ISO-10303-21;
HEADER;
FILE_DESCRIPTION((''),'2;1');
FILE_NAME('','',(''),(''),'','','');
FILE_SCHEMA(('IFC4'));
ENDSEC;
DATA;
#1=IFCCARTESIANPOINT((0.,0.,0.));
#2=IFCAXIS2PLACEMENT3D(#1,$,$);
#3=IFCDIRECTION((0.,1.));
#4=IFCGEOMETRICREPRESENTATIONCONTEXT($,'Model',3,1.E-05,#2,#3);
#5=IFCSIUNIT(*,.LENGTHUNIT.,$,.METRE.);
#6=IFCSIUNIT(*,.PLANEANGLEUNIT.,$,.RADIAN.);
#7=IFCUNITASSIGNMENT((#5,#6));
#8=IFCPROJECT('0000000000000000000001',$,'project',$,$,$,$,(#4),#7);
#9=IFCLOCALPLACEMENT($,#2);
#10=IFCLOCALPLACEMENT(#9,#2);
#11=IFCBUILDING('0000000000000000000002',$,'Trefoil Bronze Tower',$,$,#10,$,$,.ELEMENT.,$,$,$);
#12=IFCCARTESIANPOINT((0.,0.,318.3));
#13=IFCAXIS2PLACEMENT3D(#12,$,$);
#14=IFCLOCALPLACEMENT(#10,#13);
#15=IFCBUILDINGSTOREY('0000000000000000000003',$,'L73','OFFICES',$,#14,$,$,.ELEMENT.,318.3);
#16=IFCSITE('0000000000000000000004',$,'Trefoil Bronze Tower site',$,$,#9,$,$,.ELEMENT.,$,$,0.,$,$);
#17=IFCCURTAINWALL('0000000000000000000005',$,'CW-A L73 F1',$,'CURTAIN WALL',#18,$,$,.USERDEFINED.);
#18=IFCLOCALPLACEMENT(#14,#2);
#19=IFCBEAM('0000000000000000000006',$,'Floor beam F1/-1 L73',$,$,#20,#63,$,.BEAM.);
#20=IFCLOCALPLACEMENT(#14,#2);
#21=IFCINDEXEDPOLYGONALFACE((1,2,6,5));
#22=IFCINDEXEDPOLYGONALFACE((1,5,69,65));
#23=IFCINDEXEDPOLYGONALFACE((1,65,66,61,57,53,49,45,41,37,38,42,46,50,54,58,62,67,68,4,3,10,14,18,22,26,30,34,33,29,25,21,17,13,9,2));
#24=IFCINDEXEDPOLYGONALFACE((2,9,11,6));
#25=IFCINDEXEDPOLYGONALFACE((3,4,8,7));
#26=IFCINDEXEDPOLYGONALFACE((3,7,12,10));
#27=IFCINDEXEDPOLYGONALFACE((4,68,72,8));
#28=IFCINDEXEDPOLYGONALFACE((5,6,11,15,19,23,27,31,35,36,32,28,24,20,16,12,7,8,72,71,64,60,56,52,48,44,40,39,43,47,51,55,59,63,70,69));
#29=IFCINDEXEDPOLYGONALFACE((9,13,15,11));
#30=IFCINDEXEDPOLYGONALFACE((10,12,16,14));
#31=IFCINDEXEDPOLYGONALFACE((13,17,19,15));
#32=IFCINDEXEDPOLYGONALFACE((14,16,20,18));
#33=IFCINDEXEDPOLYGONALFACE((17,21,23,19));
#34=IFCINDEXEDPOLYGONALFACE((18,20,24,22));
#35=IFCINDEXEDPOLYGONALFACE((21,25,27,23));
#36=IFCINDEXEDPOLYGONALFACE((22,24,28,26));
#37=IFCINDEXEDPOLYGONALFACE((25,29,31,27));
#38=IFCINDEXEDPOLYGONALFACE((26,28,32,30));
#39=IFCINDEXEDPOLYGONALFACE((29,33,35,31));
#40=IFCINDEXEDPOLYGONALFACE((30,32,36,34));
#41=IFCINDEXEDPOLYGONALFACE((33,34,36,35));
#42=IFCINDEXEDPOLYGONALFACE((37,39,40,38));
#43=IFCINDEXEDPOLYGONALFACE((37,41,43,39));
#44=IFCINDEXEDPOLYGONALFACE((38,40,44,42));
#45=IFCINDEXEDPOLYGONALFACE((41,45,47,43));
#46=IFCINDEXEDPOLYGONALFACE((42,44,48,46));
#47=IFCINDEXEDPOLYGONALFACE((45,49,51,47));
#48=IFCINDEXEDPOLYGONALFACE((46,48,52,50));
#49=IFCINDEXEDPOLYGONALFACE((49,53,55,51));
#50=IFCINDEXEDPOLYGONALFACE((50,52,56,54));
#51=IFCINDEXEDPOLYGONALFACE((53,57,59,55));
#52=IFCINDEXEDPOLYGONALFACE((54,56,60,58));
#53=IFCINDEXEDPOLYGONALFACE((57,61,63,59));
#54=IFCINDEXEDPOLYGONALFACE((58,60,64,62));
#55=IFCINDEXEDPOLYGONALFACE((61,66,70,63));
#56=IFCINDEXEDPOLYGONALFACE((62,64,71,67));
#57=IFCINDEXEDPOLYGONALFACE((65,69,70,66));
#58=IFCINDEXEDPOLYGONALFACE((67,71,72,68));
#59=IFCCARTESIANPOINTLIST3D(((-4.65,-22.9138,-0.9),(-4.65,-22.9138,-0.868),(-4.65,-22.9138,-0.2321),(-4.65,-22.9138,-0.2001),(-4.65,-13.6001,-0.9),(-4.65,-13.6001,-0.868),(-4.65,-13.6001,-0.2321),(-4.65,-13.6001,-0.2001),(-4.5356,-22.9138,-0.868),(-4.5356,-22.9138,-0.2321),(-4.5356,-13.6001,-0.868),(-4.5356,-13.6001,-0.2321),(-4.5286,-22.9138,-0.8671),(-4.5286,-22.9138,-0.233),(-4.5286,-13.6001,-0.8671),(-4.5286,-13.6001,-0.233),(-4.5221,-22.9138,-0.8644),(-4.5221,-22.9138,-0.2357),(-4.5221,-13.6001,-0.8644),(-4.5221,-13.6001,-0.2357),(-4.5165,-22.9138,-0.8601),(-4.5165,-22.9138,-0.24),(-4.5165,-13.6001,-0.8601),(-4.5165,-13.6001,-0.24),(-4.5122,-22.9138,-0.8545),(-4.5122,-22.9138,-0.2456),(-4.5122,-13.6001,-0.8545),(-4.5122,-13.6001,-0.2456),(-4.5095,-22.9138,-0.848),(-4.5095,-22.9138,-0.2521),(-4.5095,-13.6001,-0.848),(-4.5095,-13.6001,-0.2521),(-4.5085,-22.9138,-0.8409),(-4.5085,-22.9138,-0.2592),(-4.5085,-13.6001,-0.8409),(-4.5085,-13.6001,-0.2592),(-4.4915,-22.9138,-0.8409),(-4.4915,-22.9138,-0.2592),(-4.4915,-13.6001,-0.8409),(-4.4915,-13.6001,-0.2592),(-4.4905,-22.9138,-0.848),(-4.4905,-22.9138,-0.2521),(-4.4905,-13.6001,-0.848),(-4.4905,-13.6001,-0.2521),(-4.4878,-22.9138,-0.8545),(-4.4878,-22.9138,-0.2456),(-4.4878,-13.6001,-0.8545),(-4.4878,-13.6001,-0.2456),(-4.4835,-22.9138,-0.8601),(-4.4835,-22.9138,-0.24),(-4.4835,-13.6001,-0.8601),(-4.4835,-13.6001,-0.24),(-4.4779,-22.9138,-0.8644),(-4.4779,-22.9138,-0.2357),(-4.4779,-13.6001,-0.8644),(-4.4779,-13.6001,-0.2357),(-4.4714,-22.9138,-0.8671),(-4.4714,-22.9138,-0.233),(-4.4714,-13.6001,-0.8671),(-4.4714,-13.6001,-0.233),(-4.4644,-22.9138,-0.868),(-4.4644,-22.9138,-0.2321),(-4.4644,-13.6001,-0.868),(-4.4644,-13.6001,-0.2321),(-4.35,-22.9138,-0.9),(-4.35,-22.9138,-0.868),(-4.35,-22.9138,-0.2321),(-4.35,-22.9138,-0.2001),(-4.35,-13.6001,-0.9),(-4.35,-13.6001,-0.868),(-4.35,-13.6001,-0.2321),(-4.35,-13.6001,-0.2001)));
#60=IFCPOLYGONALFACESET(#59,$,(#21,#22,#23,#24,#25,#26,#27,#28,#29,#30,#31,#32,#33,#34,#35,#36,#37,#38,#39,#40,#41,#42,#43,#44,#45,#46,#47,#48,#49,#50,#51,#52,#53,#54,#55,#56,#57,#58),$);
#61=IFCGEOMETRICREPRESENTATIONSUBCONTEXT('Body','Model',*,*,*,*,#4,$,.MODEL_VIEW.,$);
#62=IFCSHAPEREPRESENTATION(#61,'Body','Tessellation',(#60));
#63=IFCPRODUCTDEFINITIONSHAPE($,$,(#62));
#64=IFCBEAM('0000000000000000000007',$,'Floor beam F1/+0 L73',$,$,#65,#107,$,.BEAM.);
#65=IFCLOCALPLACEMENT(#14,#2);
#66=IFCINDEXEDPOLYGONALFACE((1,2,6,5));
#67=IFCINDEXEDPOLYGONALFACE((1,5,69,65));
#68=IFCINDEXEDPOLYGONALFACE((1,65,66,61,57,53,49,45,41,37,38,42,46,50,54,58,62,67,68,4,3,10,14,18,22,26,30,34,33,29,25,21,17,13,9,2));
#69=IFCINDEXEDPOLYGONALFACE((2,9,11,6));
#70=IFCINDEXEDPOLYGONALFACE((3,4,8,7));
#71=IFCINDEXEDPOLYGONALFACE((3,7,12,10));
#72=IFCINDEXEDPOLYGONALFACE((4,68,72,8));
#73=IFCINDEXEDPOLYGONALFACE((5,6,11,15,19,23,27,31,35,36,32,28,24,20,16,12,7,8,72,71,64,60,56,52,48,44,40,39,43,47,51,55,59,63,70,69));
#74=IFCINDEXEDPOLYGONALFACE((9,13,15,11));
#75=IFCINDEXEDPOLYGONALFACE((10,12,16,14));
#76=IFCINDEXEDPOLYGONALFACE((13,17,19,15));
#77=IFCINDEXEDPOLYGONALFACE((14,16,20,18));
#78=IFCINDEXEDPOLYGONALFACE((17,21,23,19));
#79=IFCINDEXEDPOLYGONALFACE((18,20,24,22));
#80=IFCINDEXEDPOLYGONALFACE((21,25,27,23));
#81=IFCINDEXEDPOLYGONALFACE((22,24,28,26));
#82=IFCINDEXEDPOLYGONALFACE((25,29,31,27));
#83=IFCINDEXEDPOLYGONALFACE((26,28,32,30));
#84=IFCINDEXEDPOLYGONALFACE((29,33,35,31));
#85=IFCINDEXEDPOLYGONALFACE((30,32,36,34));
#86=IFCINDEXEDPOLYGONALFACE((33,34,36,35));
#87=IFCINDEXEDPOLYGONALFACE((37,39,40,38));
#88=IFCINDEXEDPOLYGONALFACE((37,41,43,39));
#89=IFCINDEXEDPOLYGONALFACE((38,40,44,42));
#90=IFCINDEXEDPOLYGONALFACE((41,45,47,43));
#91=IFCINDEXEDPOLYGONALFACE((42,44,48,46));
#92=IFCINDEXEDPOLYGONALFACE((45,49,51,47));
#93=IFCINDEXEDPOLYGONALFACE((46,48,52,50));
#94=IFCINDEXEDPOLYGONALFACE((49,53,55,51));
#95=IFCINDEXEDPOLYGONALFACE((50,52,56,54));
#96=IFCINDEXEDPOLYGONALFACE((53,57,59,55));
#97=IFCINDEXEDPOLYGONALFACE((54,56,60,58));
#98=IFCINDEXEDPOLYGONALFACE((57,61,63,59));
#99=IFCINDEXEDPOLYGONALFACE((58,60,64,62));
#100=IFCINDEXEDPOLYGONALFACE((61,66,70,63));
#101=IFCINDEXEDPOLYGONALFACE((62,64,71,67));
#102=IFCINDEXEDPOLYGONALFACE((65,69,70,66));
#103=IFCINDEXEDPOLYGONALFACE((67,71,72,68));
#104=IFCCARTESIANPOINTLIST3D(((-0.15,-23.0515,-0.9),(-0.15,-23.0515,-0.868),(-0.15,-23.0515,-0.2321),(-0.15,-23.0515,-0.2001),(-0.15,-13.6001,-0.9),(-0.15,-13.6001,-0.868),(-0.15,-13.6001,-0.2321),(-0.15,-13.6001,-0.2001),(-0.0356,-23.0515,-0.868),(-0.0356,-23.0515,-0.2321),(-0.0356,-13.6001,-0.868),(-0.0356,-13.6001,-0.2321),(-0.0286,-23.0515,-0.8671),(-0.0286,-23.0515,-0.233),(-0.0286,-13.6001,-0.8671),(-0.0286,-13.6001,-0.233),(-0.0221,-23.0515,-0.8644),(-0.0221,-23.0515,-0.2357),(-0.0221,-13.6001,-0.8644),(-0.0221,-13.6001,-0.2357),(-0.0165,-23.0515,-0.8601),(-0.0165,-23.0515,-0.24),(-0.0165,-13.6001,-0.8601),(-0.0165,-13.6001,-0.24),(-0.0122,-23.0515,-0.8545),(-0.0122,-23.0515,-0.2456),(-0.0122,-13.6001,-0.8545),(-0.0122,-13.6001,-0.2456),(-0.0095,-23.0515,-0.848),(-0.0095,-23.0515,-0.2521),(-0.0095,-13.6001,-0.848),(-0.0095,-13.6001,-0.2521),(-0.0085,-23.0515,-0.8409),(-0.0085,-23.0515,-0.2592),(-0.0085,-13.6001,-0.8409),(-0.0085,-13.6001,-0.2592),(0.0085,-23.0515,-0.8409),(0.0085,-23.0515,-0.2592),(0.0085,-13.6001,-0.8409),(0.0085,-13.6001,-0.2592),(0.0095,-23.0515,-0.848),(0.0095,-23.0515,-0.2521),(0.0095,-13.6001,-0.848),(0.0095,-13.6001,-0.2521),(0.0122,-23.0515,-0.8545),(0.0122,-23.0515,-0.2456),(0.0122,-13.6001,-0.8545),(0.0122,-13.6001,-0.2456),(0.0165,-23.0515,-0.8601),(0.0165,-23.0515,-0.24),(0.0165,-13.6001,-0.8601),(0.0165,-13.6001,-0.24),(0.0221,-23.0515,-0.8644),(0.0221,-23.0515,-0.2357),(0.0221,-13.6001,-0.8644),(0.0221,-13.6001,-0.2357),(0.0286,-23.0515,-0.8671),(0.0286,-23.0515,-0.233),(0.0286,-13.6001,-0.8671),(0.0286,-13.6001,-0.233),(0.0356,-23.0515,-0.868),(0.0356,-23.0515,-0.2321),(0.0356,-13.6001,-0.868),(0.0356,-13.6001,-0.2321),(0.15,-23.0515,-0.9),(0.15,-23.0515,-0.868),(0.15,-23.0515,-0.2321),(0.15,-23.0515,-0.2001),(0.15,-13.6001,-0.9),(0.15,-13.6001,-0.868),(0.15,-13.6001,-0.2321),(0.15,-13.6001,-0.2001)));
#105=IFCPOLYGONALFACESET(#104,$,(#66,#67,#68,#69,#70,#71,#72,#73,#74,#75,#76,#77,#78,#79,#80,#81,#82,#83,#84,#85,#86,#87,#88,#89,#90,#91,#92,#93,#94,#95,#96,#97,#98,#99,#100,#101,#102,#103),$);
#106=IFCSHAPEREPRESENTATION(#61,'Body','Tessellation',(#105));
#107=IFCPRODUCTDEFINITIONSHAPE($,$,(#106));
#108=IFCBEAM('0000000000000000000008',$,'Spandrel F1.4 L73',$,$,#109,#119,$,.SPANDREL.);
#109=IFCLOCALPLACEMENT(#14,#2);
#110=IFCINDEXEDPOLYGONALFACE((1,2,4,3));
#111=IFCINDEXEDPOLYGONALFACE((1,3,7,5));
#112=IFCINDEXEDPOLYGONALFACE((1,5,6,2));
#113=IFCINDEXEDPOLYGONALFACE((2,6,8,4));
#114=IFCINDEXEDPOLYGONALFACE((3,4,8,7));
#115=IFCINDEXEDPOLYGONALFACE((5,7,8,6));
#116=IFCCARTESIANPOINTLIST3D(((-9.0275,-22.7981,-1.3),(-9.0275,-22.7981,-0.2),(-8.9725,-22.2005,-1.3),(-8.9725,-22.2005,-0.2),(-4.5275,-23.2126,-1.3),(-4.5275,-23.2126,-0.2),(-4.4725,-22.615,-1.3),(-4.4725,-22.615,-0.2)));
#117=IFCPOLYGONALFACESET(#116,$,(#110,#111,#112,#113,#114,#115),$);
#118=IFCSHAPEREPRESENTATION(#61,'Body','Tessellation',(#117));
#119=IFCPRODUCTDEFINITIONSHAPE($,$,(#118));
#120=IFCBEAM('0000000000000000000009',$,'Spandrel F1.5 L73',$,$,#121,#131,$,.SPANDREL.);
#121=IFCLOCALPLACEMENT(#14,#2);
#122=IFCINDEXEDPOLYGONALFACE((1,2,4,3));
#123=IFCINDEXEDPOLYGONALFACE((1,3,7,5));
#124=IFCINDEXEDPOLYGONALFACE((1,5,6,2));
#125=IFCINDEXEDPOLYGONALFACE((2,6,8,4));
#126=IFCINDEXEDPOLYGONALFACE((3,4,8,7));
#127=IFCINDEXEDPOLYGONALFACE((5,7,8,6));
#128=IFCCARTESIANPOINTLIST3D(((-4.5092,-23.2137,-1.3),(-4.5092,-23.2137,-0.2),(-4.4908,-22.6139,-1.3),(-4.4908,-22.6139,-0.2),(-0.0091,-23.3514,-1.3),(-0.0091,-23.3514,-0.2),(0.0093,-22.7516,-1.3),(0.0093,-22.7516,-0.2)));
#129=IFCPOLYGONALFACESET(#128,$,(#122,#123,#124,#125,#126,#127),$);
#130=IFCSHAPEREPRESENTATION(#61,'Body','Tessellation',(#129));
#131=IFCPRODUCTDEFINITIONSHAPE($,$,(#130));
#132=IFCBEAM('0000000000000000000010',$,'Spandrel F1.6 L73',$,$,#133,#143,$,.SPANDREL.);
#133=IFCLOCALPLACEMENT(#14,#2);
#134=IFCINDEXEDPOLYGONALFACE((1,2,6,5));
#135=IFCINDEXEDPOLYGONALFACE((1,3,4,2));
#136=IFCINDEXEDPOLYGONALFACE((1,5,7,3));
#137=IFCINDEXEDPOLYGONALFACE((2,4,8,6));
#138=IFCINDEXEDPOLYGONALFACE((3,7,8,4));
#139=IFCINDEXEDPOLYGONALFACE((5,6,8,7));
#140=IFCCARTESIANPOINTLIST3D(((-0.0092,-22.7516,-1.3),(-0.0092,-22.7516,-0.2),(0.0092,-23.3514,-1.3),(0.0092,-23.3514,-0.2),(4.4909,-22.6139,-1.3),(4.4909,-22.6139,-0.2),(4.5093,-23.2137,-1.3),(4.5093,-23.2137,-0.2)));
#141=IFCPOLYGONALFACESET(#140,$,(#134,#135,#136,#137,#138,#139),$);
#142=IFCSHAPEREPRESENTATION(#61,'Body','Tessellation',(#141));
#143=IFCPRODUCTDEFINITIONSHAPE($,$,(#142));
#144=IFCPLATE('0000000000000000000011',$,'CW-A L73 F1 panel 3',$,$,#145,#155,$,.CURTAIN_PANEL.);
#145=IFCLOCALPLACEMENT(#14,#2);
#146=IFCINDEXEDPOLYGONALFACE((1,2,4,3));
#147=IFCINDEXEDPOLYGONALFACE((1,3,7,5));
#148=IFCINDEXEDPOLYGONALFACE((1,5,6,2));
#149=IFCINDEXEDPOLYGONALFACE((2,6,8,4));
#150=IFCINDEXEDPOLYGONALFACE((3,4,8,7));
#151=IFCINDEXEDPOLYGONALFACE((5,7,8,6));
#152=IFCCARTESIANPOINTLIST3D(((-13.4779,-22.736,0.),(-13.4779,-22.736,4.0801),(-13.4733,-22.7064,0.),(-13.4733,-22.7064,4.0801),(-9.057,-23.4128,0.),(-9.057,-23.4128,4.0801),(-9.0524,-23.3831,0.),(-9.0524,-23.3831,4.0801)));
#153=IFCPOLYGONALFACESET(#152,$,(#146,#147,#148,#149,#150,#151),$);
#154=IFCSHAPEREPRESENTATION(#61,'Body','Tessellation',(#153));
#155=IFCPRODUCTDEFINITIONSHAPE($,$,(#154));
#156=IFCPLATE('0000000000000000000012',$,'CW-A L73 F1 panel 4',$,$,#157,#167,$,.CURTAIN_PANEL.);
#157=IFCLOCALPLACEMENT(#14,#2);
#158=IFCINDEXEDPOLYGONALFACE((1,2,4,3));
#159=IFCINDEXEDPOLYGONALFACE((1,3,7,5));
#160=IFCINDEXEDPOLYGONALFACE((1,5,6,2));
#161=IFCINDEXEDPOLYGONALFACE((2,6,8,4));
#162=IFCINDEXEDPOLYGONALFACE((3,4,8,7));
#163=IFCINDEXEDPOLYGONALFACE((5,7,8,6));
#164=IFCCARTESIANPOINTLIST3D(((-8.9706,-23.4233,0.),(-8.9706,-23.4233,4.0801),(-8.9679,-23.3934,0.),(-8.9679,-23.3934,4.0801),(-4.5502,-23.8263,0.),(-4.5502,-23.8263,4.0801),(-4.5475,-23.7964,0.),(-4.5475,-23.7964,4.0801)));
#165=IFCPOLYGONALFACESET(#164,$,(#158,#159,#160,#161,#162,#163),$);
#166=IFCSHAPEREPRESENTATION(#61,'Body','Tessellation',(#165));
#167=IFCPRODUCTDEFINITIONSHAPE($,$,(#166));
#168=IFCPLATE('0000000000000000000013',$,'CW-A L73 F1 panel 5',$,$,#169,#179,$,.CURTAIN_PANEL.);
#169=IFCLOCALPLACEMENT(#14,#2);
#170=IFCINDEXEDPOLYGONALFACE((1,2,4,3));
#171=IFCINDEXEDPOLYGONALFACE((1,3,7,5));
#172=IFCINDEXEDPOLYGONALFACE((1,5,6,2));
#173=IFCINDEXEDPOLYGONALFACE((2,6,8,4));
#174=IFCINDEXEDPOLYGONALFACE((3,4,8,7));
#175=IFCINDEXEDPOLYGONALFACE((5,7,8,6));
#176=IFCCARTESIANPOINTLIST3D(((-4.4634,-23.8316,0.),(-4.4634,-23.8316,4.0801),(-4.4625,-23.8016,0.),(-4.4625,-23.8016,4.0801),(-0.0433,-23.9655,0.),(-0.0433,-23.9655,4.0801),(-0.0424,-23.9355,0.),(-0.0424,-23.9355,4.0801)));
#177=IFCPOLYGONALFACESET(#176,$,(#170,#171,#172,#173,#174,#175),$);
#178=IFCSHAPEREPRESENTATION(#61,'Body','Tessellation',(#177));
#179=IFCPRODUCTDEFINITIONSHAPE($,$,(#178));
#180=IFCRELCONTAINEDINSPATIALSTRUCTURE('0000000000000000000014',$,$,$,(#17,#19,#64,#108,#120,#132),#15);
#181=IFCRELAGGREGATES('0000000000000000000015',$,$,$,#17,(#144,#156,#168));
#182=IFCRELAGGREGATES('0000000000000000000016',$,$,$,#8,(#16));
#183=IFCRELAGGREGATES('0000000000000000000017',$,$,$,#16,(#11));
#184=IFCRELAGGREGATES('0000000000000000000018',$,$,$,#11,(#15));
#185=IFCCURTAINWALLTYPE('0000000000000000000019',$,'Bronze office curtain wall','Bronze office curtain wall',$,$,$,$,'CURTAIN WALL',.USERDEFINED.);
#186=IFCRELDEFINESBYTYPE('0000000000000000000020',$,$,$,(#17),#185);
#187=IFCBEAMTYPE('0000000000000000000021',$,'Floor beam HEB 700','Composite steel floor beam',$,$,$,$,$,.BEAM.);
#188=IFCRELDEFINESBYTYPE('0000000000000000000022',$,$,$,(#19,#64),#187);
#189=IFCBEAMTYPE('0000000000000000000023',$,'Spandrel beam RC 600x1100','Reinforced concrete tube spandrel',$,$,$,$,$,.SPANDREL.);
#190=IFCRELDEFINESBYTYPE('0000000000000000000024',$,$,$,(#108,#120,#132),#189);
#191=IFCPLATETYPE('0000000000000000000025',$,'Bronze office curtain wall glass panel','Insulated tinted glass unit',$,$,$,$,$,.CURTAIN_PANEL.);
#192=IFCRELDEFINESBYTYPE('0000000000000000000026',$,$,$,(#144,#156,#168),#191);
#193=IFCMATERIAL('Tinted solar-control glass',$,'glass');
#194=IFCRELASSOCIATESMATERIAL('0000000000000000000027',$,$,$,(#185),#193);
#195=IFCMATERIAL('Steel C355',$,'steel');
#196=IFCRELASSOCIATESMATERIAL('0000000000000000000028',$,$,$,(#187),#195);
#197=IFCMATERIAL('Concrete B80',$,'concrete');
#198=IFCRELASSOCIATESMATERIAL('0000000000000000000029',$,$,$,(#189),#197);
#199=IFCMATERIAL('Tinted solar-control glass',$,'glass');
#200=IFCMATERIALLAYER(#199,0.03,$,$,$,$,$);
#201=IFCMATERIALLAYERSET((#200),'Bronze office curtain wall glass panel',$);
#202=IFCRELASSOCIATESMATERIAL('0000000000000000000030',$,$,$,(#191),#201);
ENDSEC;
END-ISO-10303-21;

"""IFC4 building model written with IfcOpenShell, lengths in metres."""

from ifc_helpers import new_model, si_unit, direction, frame, origin, origin_2d, place, context, subcontext, project, spatial, rectangle, i_section, extrude, material, layer, layer_set, material_profile, profile_set, type_object, element, aggregate, save


model = new_model("IFC4")

# Units and contexts
model_context = context("Model", 3, precision=1e-05, world=origin(), true_north=direction((0.0, 1.0)))
body_context = subcontext(model_context, "Body", "Model", "MODEL_VIEW")
ifc_project = project(units=[si_unit("LENGTHUNIT", "METRE"), si_unit("PLANEANGLEUNIT", "RADIAN")], contexts=[model_context])

# Site, building, storey
site_placement = place(None, origin())
site = spatial("IfcSite", under=ifc_project, at=site_placement, Name="Trefoil Bronze Tower site", CompositionType="ELEMENT", RefElevation=0.0)
building_placement = place(site_placement, origin())
building = spatial("IfcBuilding", under=site, at=building_placement, Name="Trefoil Bronze Tower", CompositionType="ELEMENT")
storey_placement = place(building_placement, frame((0.0, 0.0, 318.3)))
storey = spatial("IfcBuildingStorey", under=building, at=storey_placement, Name="L73", Description="OFFICES", CompositionType="ELEMENT", Elevation=318.3)

# Curtain wall
ifc_material_1 = material(Name="Tinted solar-control glass", Category="glass")
curtain_wall_type = type_object("IfcCurtainWallType", Name="Bronze office curtain wall", Description="Bronze office curtain wall", ElementType="CURTAIN WALL", PredefinedType="USERDEFINED", material=ifc_material_1)
curtain_wall_placement = place(storey_placement, origin())
curtain_wall = element("IfcCurtainWall", 1, at=curtain_wall_placement, inside=storey, type_object=curtain_wall_type, Name="CW-A L73 F1", ObjectType="CURTAIN WALL", PredefinedType="USERDEFINED")

# Beams
ifc_material_2 = material(Name="Steel C355", Category="steel")
ifc_material_profile_1 = material_profile(ifc_material_2, i_section(OverallWidth=0.3, OverallDepth=0.7, WebThickness=0.0171, FlangeThickness=0.032, FilletRadius=0.0271, at=origin_2d()), Name="HEB 700")
ifc_profile_set_1 = profile_set([ifc_material_profile_1], Name="Steel C355")
beam_type_1 = type_object("IfcBeamType", Name="Floor beam HEB 700", Description="Composite steel floor beam", PredefinedType="BEAM", material=ifc_profile_set_1)
beam_1_placement = place(storey_placement, frame((-4.5, -22.9138, -0.55), z_axis=(0.0, 1.0, 0.0), x_axis=(-1.0, 0.0, 0.0)))
element("IfcBeam", 2, at=beam_1_placement, inside=storey, type_object=beam_type_1, Name="Floor beam F1/-1 L73", PredefinedType="BEAM", context=body_context, shape_type="SweptSolid", body=[
    extrude(i_section(OverallWidth=0.3, OverallDepth=0.7, WebThickness=0.0171, FlangeThickness=0.032, FilletRadius=0.0271, at=origin_2d()), origin(), (0.0, 0.0, 1.0), 9.3137),
])
beam_2_placement = place(storey_placement, frame((0.0, -23.0515, -0.55), z_axis=(0.0, 1.0, 0.0), x_axis=(-1.0, 0.0, 0.0)))
element("IfcBeam", 3, at=beam_2_placement, inside=storey, type_object=beam_type_1, Name="Floor beam F1/+0 L73", PredefinedType="BEAM", context=body_context, shape_type="SweptSolid", body=[
    extrude(i_section(OverallWidth=0.3, OverallDepth=0.7, WebThickness=0.0171, FlangeThickness=0.032, FilletRadius=0.0271, at=origin_2d()), origin(), (0.0, 0.0, 1.0), 9.4514),
])
ifc_material_3 = material(Name="Concrete B80", Category="concrete")
ifc_material_profile_2 = material_profile(ifc_material_3, rectangle(XDim=0.6001, YDim=1.1001, at=origin_2d()), Name="RC 600x1100")
ifc_profile_set_2 = profile_set([ifc_material_profile_2], Name="Concrete B80")
beam_type_2 = type_object("IfcBeamType", Name="Spandrel beam RC 600x1100", Description="Reinforced concrete tube spandrel", PredefinedType="SPANDREL", material=ifc_profile_set_2)
beam_3_placement = place(storey_placement, frame((-9.0, -22.4993, -0.75), z_axis=(0.995784, -0.091734, 0.0), x_axis=(0.091734, 0.995784, 0.0)))
element("IfcBeam", 4, at=beam_3_placement, inside=storey, type_object=beam_type_2, Name="Spandrel F1.4 L73", PredefinedType="SPANDREL", context=body_context, shape_type="SweptSolid", body=[
    extrude(rectangle(XDim=0.6001, YDim=1.1001, at=origin_2d()), origin(), (0.0, 0.0, 1.0), 4.519),
])
for number, where, z_axis, x_axis, name in (
    (5, (-4.5, -22.9138, -0.75), (0.999532, -0.030585, 0.0), (0.030585, 0.999532, 0.0), "Spandrel F1.5 L73"),
    (6, (0.0, -23.0515, -0.75), (0.999532, 0.030585, 0.0), (-0.030585, 0.999532, 0.0), "Spandrel F1.6 L73"),
):
    element("IfcBeam", number, at=place(storey_placement, frame(where, z_axis=z_axis, x_axis=x_axis)), inside=storey, type_object=beam_type_2, Name=name, PredefinedType="SPANDREL", context=body_context, shape_type="SweptSolid", body=[
        extrude(rectangle(XDim=0.6001, YDim=1.1001, at=origin_2d()), origin(), (0.0, 0.0, 1.0), 4.5022),
    ])

# Plates
ifc_material_4 = material(Name="Tinted solar-control glass", Category="glass")
ifc_layer_1 = layer(ifc_material_4, 0.03)
ifc_layer_set_1 = layer_set([ifc_layer_1], Name="Bronze office curtain wall glass panel")
plate_type = type_object("IfcPlateType", Name="Bronze office curtain wall glass panel", Description="Insulated tinted glass unit", PredefinedType="CURTAIN_PANEL", material=ifc_layer_set_1)
plate_1_placement = place(storey_placement, frame((-11.2651, -23.0596, 0.0), z_axis=(0.0, 0.0, 1.0), x_axis=(0.988485, -0.151317, 0.0)))
plate_1 = element("IfcPlate", 7, at=plate_1_placement, type_object=plate_type, Name="CW-A L73 F1 panel 3", PredefinedType="CURTAIN_PANEL", context=body_context, shape_type="SweptSolid", body=[
    extrude(rectangle(XDim=4.4724, YDim=0.03, at=origin_2d()), origin(), (0.0, 0.0, 1.0), 4.0801),
])
plate_2_placement = place(storey_placement, frame((-6.759, -23.6099, 0.0), z_axis=(0.0, 0.0, 1.0), x_axis=(0.99587, -0.090789, 0.0)))
plate_2 = element("IfcPlate", 8, at=plate_2_placement, type_object=plate_type, Name="CW-A L73 F1 panel 4", PredefinedType="CURTAIN_PANEL", context=body_context, shape_type="SweptSolid", body=[
    extrude(rectangle(XDim=4.4387, YDim=0.03, at=origin_2d()), origin(), (0.0, 0.0, 1.0), 4.0801),
])
plate_3_placement = place(storey_placement, frame((-2.2529, -23.8835, 0.0), z_axis=(0.0, 0.0, 1.0), x_axis=(0.999542, -0.030263, 0.0)))
plate_3 = element("IfcPlate", 9, at=plate_3_placement, type_object=plate_type, Name="CW-A L73 F1 panel 5", PredefinedType="CURTAIN_PANEL", context=body_context, shape_type="SweptSolid", body=[
    extrude(rectangle(XDim=4.4221, YDim=0.03, at=origin_2d()), origin(), (0.0, 0.0, 1.0), 4.0801),
])
aggregate(curtain_wall, [plate_1, plate_2, plate_3])

save(model, "model.ifc")
